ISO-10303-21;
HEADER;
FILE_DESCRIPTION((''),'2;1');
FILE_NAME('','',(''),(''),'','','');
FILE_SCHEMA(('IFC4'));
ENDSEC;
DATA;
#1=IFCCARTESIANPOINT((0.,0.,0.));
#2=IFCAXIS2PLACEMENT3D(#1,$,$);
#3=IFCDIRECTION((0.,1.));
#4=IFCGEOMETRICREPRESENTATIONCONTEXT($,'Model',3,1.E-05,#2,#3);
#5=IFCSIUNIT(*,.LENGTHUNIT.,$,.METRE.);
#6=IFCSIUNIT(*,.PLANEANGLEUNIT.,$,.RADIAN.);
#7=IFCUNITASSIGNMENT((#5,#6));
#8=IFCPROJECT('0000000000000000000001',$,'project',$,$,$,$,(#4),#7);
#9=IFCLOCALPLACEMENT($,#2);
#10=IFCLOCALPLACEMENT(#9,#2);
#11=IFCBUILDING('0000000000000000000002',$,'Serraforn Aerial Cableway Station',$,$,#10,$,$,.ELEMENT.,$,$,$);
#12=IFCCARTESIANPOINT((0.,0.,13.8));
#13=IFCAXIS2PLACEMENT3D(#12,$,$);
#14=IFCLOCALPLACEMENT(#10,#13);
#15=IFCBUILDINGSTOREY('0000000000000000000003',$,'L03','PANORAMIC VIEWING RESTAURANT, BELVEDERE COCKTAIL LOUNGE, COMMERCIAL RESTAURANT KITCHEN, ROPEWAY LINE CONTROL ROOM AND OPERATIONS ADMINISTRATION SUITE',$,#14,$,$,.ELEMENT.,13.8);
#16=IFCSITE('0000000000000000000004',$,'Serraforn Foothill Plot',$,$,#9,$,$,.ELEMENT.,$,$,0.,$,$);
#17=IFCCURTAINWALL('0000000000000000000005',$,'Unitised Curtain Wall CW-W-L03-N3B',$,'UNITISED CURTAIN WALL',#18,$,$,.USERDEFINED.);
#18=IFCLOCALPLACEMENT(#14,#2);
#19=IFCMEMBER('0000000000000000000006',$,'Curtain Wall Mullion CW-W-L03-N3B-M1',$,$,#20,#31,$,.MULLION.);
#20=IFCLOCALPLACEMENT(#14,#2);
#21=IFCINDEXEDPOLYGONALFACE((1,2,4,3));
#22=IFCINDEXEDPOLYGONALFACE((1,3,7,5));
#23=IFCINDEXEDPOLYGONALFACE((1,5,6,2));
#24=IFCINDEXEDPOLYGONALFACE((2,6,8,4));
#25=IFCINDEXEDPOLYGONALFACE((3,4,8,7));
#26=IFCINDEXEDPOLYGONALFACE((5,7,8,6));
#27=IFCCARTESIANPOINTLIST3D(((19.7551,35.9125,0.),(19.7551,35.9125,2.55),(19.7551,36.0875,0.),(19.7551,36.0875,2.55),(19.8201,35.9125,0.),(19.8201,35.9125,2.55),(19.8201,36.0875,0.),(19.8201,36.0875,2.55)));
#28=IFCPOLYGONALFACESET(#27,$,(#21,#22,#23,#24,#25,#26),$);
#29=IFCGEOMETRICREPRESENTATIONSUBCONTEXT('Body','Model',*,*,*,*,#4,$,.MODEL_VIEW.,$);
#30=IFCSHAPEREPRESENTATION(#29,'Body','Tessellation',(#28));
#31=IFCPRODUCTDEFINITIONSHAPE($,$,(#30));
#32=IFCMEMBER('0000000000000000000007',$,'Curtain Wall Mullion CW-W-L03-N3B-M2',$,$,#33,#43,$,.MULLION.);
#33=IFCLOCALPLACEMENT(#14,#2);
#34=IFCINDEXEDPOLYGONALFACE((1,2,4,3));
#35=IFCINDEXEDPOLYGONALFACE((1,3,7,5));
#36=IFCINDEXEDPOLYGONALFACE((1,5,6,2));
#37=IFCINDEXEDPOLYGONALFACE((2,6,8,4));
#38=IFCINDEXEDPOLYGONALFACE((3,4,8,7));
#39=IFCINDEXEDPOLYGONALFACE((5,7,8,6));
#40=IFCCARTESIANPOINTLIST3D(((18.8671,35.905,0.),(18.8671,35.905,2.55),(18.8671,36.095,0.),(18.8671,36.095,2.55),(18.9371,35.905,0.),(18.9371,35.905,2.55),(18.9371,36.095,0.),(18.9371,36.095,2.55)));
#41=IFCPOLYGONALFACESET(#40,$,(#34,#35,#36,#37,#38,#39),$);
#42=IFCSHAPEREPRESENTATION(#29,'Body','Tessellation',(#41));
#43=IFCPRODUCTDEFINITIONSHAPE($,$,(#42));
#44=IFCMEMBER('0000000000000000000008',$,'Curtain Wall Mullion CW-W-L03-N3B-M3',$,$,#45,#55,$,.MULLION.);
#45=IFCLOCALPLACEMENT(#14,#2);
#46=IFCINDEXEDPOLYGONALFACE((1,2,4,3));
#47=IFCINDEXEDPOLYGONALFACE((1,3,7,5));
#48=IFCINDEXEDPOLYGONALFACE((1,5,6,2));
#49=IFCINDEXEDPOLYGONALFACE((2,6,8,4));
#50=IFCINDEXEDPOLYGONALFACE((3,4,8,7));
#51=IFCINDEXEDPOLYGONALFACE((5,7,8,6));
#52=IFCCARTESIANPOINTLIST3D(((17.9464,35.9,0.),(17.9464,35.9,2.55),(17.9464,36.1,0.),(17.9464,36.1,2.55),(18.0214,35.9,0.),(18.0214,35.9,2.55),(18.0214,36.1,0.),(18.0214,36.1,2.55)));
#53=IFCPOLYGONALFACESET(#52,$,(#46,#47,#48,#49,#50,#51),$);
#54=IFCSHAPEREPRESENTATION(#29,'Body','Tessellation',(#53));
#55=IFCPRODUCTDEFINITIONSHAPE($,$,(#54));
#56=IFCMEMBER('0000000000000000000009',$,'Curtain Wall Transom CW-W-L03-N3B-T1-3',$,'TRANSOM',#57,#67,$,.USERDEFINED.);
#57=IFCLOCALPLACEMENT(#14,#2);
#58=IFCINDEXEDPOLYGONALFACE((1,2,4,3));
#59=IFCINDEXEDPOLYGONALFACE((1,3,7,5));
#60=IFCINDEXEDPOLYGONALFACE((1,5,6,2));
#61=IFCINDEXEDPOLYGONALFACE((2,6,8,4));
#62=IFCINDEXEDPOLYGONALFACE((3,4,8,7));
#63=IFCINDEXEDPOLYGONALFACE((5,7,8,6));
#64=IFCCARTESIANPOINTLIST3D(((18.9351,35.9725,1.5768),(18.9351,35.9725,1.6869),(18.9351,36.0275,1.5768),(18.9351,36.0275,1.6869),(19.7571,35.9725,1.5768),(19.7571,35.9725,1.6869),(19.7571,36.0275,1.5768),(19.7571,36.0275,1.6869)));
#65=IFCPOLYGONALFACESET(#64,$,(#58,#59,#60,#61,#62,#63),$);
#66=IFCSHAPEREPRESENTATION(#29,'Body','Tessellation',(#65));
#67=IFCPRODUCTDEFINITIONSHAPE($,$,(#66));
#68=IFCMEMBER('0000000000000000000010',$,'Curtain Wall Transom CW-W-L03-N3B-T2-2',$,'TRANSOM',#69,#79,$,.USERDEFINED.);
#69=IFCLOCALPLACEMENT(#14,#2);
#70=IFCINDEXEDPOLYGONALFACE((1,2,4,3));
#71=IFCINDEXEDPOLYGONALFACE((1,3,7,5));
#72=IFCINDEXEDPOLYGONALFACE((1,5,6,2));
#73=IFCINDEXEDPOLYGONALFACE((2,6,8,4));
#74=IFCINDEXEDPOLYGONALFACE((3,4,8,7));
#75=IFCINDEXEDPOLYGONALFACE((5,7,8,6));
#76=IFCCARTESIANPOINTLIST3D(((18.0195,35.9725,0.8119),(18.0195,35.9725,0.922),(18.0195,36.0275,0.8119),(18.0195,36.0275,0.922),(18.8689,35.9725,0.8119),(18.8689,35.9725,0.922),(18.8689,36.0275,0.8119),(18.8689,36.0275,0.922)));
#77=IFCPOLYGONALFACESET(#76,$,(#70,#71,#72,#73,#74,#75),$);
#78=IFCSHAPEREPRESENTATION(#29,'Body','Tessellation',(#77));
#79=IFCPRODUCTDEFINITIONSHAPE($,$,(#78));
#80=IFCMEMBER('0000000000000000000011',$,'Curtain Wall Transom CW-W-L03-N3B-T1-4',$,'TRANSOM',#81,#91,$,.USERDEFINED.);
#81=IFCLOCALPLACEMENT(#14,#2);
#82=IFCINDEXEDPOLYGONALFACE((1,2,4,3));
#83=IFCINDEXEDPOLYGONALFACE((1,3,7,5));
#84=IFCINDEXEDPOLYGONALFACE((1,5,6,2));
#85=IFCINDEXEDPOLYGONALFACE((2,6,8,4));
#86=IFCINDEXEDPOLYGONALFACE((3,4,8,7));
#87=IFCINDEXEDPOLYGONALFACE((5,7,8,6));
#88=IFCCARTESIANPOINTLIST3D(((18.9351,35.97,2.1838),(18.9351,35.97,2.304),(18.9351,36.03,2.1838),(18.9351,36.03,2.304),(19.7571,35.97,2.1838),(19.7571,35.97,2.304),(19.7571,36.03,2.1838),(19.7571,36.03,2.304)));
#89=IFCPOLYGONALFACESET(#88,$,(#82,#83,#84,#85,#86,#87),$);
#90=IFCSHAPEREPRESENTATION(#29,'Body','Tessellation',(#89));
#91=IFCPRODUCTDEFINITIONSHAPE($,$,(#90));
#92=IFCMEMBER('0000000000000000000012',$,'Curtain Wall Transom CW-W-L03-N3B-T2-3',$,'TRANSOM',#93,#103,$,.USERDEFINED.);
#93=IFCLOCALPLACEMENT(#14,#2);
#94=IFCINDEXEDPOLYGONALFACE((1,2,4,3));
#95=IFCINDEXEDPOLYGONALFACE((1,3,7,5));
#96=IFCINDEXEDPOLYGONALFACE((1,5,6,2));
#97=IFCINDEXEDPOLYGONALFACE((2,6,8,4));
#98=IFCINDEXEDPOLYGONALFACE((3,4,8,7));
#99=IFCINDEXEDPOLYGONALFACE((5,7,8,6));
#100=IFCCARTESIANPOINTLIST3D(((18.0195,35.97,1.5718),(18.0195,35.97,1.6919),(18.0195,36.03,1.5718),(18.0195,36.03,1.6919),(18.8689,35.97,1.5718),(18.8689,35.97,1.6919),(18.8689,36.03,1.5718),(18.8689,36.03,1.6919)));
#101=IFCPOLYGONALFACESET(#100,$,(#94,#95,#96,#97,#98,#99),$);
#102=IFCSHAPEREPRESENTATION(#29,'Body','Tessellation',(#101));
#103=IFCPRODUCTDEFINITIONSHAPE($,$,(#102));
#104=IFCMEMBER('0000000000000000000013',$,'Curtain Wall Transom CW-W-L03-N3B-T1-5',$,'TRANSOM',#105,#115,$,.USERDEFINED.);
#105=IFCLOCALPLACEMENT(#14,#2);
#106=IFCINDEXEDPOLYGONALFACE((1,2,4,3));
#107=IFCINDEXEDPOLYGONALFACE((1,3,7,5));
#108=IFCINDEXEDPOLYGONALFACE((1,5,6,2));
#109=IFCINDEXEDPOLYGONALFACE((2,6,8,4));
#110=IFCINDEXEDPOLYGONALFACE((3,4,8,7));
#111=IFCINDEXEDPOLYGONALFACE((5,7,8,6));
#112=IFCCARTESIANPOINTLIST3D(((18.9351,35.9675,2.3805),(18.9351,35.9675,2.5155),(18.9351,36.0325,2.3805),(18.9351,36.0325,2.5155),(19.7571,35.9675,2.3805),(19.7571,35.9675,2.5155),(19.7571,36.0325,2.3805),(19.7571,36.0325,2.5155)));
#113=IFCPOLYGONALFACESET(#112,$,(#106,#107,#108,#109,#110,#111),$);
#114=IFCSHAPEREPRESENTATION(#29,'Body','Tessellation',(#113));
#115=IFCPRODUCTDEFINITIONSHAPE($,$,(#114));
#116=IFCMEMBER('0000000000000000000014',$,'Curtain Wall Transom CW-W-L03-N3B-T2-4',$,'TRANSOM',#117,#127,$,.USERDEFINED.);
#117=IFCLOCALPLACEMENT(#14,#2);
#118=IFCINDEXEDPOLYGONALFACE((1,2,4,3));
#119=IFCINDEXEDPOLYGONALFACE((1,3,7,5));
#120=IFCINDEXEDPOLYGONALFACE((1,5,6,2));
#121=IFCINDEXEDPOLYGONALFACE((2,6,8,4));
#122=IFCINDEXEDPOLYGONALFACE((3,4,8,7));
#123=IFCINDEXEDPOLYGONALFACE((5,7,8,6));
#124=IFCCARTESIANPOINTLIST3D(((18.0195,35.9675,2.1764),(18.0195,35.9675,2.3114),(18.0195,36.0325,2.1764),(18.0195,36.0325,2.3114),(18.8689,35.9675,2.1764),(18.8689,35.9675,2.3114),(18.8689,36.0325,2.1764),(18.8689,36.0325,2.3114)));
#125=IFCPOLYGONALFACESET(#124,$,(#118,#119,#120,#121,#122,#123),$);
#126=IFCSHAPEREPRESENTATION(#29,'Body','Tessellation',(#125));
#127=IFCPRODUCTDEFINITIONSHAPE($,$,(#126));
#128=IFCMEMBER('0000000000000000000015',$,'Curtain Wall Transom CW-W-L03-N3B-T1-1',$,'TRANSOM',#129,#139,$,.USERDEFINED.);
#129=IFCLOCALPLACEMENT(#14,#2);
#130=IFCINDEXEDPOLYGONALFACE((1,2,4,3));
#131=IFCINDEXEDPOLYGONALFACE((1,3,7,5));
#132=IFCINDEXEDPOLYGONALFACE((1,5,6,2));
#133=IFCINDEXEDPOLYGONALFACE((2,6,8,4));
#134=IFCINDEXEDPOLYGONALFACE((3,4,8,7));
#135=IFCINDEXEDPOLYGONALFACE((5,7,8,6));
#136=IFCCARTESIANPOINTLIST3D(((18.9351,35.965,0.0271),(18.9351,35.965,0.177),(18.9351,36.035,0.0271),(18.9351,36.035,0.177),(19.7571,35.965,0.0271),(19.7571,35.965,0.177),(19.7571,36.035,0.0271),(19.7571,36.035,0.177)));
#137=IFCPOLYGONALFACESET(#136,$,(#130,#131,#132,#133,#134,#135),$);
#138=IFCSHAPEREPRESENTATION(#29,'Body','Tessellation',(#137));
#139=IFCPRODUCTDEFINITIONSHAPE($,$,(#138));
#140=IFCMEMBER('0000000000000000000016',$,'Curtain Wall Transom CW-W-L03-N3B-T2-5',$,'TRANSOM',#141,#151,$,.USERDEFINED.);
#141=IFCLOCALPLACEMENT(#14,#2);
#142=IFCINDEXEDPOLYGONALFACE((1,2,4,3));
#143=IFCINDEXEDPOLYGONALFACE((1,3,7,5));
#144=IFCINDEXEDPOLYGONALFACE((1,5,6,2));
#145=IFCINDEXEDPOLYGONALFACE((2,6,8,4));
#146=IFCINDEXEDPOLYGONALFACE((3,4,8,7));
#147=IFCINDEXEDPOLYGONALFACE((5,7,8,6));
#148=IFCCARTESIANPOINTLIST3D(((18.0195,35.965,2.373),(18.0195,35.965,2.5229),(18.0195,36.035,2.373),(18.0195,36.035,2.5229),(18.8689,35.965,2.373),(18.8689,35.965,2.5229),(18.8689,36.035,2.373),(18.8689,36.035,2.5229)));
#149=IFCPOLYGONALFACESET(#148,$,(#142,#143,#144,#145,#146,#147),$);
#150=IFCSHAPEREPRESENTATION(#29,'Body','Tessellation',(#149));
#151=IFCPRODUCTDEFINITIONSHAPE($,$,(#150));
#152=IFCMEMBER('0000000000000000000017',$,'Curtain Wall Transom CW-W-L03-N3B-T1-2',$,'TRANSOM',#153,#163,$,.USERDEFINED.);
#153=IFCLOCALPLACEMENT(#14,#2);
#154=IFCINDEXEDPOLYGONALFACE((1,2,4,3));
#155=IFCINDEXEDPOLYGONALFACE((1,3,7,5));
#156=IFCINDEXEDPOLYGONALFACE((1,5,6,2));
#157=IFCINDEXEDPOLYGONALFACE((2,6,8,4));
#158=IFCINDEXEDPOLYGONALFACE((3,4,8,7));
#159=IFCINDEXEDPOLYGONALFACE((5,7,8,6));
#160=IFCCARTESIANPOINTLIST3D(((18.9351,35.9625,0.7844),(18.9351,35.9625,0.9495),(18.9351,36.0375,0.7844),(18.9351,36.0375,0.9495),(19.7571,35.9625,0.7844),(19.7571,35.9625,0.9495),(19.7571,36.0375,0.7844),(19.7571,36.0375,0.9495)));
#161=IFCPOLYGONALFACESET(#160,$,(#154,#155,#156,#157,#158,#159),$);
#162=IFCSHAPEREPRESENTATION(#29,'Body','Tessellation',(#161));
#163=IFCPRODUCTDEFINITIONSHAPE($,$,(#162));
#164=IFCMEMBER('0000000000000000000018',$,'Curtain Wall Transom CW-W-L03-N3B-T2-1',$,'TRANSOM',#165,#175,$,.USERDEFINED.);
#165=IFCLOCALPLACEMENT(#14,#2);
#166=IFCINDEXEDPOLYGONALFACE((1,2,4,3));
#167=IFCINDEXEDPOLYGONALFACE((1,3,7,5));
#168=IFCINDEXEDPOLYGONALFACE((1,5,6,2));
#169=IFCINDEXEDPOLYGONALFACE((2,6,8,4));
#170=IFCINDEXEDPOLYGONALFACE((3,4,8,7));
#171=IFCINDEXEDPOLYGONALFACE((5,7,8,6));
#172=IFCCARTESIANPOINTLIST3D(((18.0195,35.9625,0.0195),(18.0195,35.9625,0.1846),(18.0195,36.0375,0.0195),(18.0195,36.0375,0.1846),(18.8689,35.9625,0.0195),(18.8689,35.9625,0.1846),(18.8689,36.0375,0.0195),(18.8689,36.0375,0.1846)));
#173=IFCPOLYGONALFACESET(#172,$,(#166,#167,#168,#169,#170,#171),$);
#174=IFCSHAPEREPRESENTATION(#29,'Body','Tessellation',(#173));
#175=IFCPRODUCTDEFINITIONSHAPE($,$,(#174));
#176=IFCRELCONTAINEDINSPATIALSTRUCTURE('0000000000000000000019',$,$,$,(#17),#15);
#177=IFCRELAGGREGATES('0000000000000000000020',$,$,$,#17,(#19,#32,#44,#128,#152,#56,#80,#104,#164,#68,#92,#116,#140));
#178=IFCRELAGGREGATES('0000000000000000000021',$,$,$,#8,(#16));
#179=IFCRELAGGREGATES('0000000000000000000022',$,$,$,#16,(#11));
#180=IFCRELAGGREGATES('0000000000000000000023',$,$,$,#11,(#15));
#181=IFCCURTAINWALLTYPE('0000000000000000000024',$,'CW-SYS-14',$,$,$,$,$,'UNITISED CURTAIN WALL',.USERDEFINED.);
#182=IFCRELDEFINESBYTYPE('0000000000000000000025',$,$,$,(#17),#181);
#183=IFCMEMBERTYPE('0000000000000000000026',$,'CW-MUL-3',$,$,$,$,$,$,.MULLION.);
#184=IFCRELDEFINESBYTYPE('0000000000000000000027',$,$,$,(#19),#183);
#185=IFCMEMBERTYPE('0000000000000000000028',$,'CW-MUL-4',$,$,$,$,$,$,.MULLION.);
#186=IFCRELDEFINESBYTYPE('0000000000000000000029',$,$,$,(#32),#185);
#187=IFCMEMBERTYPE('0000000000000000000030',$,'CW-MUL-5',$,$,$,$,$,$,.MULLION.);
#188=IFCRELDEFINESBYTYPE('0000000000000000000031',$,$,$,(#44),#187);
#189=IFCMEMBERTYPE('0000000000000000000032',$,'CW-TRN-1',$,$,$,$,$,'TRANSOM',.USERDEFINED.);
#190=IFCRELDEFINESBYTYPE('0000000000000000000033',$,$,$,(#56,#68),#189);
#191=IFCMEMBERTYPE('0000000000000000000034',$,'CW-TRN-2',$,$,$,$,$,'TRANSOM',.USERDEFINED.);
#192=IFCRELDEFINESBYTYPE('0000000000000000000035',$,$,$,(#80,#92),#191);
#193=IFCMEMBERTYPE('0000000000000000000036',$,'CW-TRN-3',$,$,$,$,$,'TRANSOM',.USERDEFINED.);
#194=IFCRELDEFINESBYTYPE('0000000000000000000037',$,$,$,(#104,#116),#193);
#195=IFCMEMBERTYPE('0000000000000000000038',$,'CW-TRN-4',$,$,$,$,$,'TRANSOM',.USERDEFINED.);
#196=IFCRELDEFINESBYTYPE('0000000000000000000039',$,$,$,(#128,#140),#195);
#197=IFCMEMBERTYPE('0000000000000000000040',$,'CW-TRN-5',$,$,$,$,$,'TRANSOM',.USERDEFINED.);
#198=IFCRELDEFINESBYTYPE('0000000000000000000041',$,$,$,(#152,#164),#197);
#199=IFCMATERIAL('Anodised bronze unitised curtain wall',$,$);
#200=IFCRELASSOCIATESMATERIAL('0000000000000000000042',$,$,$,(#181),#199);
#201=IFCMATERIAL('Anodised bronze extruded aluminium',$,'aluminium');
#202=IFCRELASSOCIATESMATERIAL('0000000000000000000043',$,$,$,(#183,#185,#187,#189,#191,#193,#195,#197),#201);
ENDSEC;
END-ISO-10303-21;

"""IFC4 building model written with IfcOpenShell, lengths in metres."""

from ifc_helpers import new_model, si_unit, direction, frame, origin, origin_2d, place, context, subcontext, project, spatial, rectangle, extrude, material, material_profile, profile_set, type_object, element, aggregate, save


model = new_model("IFC4")

# Units and contexts
model_context = context("Model", 3, precision=1e-05, world=origin(), true_north=direction((0.0, 1.0)))
body_context = subcontext(model_context, "Body", "Model", "MODEL_VIEW")
ifc_project = project(units=[si_unit("LENGTHUNIT", "METRE"), si_unit("PLANEANGLEUNIT", "RADIAN")], contexts=[model_context])

# Site, building, storey
site_placement = place(None, origin())
site = spatial("IfcSite", under=ifc_project, at=site_placement, Name="Serraforn Foothill Plot", CompositionType="ELEMENT", RefElevation=0.0)
building_placement = place(site_placement, origin())
building = spatial("IfcBuilding", under=site, at=building_placement, Name="Serraforn Aerial Cableway Station", CompositionType="ELEMENT")
storey_placement = place(building_placement, frame((0.0, 0.0, 13.8)))
storey = spatial("IfcBuildingStorey", under=building, at=storey_placement, Name="L03", Description="PANORAMIC VIEWING RESTAURANT, BELVEDERE COCKTAIL LOUNGE, COMMERCIAL RESTAURANT KITCHEN, ROPEWAY LINE CONTROL ROOM AND OPERATIONS ADMINISTRATION SUITE", CompositionType="ELEMENT", Elevation=13.8)

# Curtain wall, members
ifc_material_1 = material(Name="Anodised bronze unitised curtain wall")
curtain_wall_type = type_object("IfcCurtainWallType", Name="CW-SYS-14", ElementType="UNITISED CURTAIN WALL", PredefinedType="USERDEFINED", material=ifc_material_1)
curtain_wall_placement = place(storey_placement, origin())
curtain_wall = element("IfcCurtainWall", 1, at=curtain_wall_placement, inside=storey, type_object=curtain_wall_type, Name="Unitised Curtain Wall CW-W-L03-N3B", ObjectType="UNITISED CURTAIN WALL", PredefinedType="USERDEFINED")
ifc_material_2 = material(Name="Anodised bronze extruded aluminium", Category="aluminium")
ifc_material_profile_1 = material_profile(ifc_material_2, rectangle(XDim=0.0649, YDim=0.175, at=origin_2d()), Name="CW MULLION 65x175")
ifc_profile_set_1 = profile_set([ifc_material_profile_1], Name="Anodised bronze extruded aluminium")
member_type_1 = type_object("IfcMemberType", Name="CW-MUL-3", PredefinedType="MULLION", material=ifc_profile_set_1)
member_1_placement = place(storey_placement, frame((19.7876, 36.0, 0.0), z_axis=(0.0, 0.0, 1.0), x_axis=(-1.0, 0.0, 0.0)))
member_1 = element("IfcMember", 2, at=member_1_placement, type_object=member_type_1, Name="Curtain Wall Mullion CW-W-L03-N3B-M1", PredefinedType="MULLION", context=body_context, shape_type="SweptSolid", body=[
    extrude(rectangle(XDim=0.0649, YDim=0.175, at=origin_2d()), origin(), (0.0, 0.0, 1.0), 2.55),
])
ifc_material_profile_2 = material_profile(ifc_material_2, rectangle(XDim=0.0701, YDim=0.1899, at=origin_2d()), Name="CW MULLION 70x190")
ifc_profile_set_2 = profile_set([ifc_material_profile_2], Name="Anodised bronze extruded aluminium")
member_type_2 = type_object("IfcMemberType", Name="CW-MUL-4", PredefinedType="MULLION", material=ifc_profile_set_2)
member_2_placement = place(storey_placement, frame((18.9021, 36.0, 0.0), z_axis=(0.0, 0.0, 1.0), x_axis=(-1.0, 0.0, 0.0)))
member_2 = element("IfcMember", 3, at=member_2_placement, type_object=member_type_2, Name="Curtain Wall Mullion CW-W-L03-N3B-M2", PredefinedType="MULLION", context=body_context, shape_type="SweptSolid", body=[
    extrude(rectangle(XDim=0.0701, YDim=0.1899, at=origin_2d()), origin(), (0.0, 0.0, 1.0), 2.55),
])
ifc_material_profile_3 = material_profile(ifc_material_2, rectangle(XDim=0.075, YDim=0.2, at=origin_2d()), Name="CW MULLION 75x200")
ifc_profile_set_3 = profile_set([ifc_material_profile_3], Name="Anodised bronze extruded aluminium")
member_type_3 = type_object("IfcMemberType", Name="CW-MUL-5", PredefinedType="MULLION", material=ifc_profile_set_3)
member_3_placement = place(storey_placement, frame((17.9839, 36.0, 0.0), z_axis=(0.0, 0.0, 1.0), x_axis=(-1.0, 0.0, 0.0)))
member_3 = element("IfcMember", 4, at=member_3_placement, type_object=member_type_3, Name="Curtain Wall Mullion CW-W-L03-N3B-M3", PredefinedType="MULLION", context=body_context, shape_type="SweptSolid", body=[
    extrude(rectangle(XDim=0.075, YDim=0.2, at=origin_2d()), origin(), (0.0, 0.0, 1.0), 2.55),
])
ifc_material_profile_4 = material_profile(ifc_material_2, rectangle(XDim=0.0549, YDim=0.1101, at=origin_2d()), Name="CW TRANSOM 55x110")
ifc_profile_set_4 = profile_set([ifc_material_profile_4], Name="Anodised bronze extruded aluminium")
member_type_4 = type_object("IfcMemberType", Name="CW-TRN-1", ElementType="TRANSOM", PredefinedType="USERDEFINED", material=ifc_profile_set_4)
member_4_placement = place(storey_placement, frame((19.7571, 36.0, 1.6318), z_axis=(-1.0, 0.0, 0.0), x_axis=(0.0, -1.0, 0.0)))
member_4 = element("IfcMember", 5, at=member_4_placement, type_object=member_type_4, Name="Curtain Wall Transom CW-W-L03-N3B-T1-3", ObjectType="TRANSOM", PredefinedType="USERDEFINED", context=body_context, shape_type="SweptSolid", body=[
    extrude(rectangle(XDim=0.0549, YDim=0.1101, at=origin_2d()), origin(), (0.0, 0.0, 1.0), 0.822),
])
member_5_placement = place(storey_placement, frame((18.8689, 36.0, 0.8669), z_axis=(-1.0, 0.0, 0.0), x_axis=(0.0, -1.0, 0.0)))
member_5 = element("IfcMember", 6, at=member_5_placement, type_object=member_type_4, Name="Curtain Wall Transom CW-W-L03-N3B-T2-2", ObjectType="TRANSOM", PredefinedType="USERDEFINED", context=body_context, shape_type="SweptSolid", body=[
    extrude(rectangle(XDim=0.0549, YDim=0.1101, at=origin_2d()), origin(), (0.0, 0.0, 1.0), 0.8494),
])
ifc_material_profile_5 = material_profile(ifc_material_2, rectangle(XDim=0.0601, YDim=0.1201, at=origin_2d()), Name="CW TRANSOM 60x120")
ifc_profile_set_5 = profile_set([ifc_material_profile_5], Name="Anodised bronze extruded aluminium")
member_type_5 = type_object("IfcMemberType", Name="CW-TRN-2", ElementType="TRANSOM", PredefinedType="USERDEFINED", material=ifc_profile_set_5)
member_6_placement = place(storey_placement, frame((19.7571, 36.0, 2.2439), z_axis=(-1.0, 0.0, 0.0), x_axis=(0.0, -1.0, 0.0)))
member_6 = element("IfcMember", 7, at=member_6_placement, type_object=member_type_5, Name="Curtain Wall Transom CW-W-L03-N3B-T1-4", ObjectType="TRANSOM", PredefinedType="USERDEFINED", context=body_context, shape_type="SweptSolid", body=[
    extrude(rectangle(XDim=0.0601, YDim=0.1201, at=origin_2d()), origin(), (0.0, 0.0, 1.0), 0.822),
])
member_7_placement = place(storey_placement, frame((18.8689, 36.0, 1.6318), z_axis=(-1.0, 0.0, 0.0), x_axis=(0.0, -1.0, 0.0)))
member_7 = element("IfcMember", 8, at=member_7_placement, type_object=member_type_5, Name="Curtain Wall Transom CW-W-L03-N3B-T2-3", ObjectType="TRANSOM", PredefinedType="USERDEFINED", context=body_context, shape_type="SweptSolid", body=[
    extrude(rectangle(XDim=0.0601, YDim=0.1201, at=origin_2d()), origin(), (0.0, 0.0, 1.0), 0.8494),
])
ifc_material_profile_6 = material_profile(ifc_material_2, rectangle(XDim=0.0649, YDim=0.135, at=origin_2d()), Name="CW TRANSOM 65x135")
ifc_profile_set_6 = profile_set([ifc_material_profile_6], Name="Anodised bronze extruded aluminium")
member_type_6 = type_object("IfcMemberType", Name="CW-TRN-3", ElementType="TRANSOM", PredefinedType="USERDEFINED", material=ifc_profile_set_6)
member_8_placement = place(storey_placement, frame((19.7571, 36.0, 2.448), z_axis=(-1.0, 0.0, 0.0), x_axis=(0.0, -1.0, 0.0)))
member_8 = element("IfcMember", 9, at=member_8_placement, type_object=member_type_6, Name="Curtain Wall Transom CW-W-L03-N3B-T1-5", ObjectType="TRANSOM", PredefinedType="USERDEFINED", context=body_context, shape_type="SweptSolid", body=[
    extrude(rectangle(XDim=0.0649, YDim=0.135, at=origin_2d()), origin(), (0.0, 0.0, 1.0), 0.822),
])
member_9_placement = place(storey_placement, frame((18.8689, 36.0, 2.2439), z_axis=(-1.0, 0.0, 0.0), x_axis=(0.0, -1.0, 0.0)))
member_9 = element("IfcMember", 10, at=member_9_placement, type_object=member_type_6, Name="Curtain Wall Transom CW-W-L03-N3B-T2-4", ObjectType="TRANSOM", PredefinedType="USERDEFINED", context=body_context, shape_type="SweptSolid", body=[
    extrude(rectangle(XDim=0.0649, YDim=0.135, at=origin_2d()), origin(), (0.0, 0.0, 1.0), 0.8494),
])
ifc_material_profile_7 = material_profile(ifc_material_2, rectangle(XDim=0.0701, YDim=0.1499, at=origin_2d()), Name="CW TRANSOM 70x150")
ifc_profile_set_7 = profile_set([ifc_material_profile_7], Name="Anodised bronze extruded aluminium")
member_type_7 = type_object("IfcMemberType", Name="CW-TRN-4", ElementType="TRANSOM", PredefinedType="USERDEFINED", material=ifc_profile_set_7)
member_10_placement = place(storey_placement, frame((19.7571, 36.0, 0.1021), z_axis=(-1.0, 0.0, 0.0), x_axis=(0.0, -1.0, 0.0)))
member_10 = element("IfcMember", 11, at=member_10_placement, type_object=member_type_7, Name="Curtain Wall Transom CW-W-L03-N3B-T1-1", ObjectType="TRANSOM", PredefinedType="USERDEFINED", context=body_context, shape_type="SweptSolid", body=[
    extrude(rectangle(XDim=0.0701, YDim=0.1499, at=origin_2d()), origin(), (0.0, 0.0, 1.0), 0.822),
])
member_11_placement = place(storey_placement, frame((18.8689, 36.0, 2.448), z_axis=(-1.0, 0.0, 0.0), x_axis=(0.0, -1.0, 0.0)))
member_11 = element("IfcMember", 12, at=member_11_placement, type_object=member_type_7, Name="Curtain Wall Transom CW-W-L03-N3B-T2-5", ObjectType="TRANSOM", PredefinedType="USERDEFINED", context=body_context, shape_type="SweptSolid", body=[
    extrude(rectangle(XDim=0.0701, YDim=0.1499, at=origin_2d()), origin(), (0.0, 0.0, 1.0), 0.8494),
])
ifc_material_profile_8 = material_profile(ifc_material_2, rectangle(XDim=0.075, YDim=0.165, at=origin_2d()), Name="CW TRANSOM 75x165")
ifc_profile_set_8 = profile_set([ifc_material_profile_8], Name="Anodised bronze extruded aluminium")
member_type_8 = type_object("IfcMemberType", Name="CW-TRN-5", ElementType="TRANSOM", PredefinedType="USERDEFINED", material=ifc_profile_set_8)
member_12_placement = place(storey_placement, frame((19.7571, 36.0, 0.8669), z_axis=(-1.0, 0.0, 0.0), x_axis=(0.0, -1.0, 0.0)))
member_12 = element("IfcMember", 13, at=member_12_placement, type_object=member_type_8, Name="Curtain Wall Transom CW-W-L03-N3B-T1-2", ObjectType="TRANSOM", PredefinedType="USERDEFINED", context=body_context, shape_type="SweptSolid", body=[
    extrude(rectangle(XDim=0.075, YDim=0.165, at=origin_2d()), origin(), (0.0, 0.0, 1.0), 0.822),
])
member_13_placement = place(storey_placement, frame((18.8689, 36.0, 0.1021), z_axis=(-1.0, 0.0, 0.0), x_axis=(0.0, -1.0, 0.0)))
member_13 = element("IfcMember", 14, at=member_13_placement, type_object=member_type_8, Name="Curtain Wall Transom CW-W-L03-N3B-T2-1", ObjectType="TRANSOM", PredefinedType="USERDEFINED", context=body_context, shape_type="SweptSolid", body=[
    extrude(rectangle(XDim=0.075, YDim=0.165, at=origin_2d()), origin(), (0.0, 0.0, 1.0), 0.8494),
])
aggregate(curtain_wall, [member_1, member_2, member_3, member_10, member_12, member_4, member_6, member_8, member_13, member_5, member_7, member_9, member_11])

save(model, "model.ifc")
